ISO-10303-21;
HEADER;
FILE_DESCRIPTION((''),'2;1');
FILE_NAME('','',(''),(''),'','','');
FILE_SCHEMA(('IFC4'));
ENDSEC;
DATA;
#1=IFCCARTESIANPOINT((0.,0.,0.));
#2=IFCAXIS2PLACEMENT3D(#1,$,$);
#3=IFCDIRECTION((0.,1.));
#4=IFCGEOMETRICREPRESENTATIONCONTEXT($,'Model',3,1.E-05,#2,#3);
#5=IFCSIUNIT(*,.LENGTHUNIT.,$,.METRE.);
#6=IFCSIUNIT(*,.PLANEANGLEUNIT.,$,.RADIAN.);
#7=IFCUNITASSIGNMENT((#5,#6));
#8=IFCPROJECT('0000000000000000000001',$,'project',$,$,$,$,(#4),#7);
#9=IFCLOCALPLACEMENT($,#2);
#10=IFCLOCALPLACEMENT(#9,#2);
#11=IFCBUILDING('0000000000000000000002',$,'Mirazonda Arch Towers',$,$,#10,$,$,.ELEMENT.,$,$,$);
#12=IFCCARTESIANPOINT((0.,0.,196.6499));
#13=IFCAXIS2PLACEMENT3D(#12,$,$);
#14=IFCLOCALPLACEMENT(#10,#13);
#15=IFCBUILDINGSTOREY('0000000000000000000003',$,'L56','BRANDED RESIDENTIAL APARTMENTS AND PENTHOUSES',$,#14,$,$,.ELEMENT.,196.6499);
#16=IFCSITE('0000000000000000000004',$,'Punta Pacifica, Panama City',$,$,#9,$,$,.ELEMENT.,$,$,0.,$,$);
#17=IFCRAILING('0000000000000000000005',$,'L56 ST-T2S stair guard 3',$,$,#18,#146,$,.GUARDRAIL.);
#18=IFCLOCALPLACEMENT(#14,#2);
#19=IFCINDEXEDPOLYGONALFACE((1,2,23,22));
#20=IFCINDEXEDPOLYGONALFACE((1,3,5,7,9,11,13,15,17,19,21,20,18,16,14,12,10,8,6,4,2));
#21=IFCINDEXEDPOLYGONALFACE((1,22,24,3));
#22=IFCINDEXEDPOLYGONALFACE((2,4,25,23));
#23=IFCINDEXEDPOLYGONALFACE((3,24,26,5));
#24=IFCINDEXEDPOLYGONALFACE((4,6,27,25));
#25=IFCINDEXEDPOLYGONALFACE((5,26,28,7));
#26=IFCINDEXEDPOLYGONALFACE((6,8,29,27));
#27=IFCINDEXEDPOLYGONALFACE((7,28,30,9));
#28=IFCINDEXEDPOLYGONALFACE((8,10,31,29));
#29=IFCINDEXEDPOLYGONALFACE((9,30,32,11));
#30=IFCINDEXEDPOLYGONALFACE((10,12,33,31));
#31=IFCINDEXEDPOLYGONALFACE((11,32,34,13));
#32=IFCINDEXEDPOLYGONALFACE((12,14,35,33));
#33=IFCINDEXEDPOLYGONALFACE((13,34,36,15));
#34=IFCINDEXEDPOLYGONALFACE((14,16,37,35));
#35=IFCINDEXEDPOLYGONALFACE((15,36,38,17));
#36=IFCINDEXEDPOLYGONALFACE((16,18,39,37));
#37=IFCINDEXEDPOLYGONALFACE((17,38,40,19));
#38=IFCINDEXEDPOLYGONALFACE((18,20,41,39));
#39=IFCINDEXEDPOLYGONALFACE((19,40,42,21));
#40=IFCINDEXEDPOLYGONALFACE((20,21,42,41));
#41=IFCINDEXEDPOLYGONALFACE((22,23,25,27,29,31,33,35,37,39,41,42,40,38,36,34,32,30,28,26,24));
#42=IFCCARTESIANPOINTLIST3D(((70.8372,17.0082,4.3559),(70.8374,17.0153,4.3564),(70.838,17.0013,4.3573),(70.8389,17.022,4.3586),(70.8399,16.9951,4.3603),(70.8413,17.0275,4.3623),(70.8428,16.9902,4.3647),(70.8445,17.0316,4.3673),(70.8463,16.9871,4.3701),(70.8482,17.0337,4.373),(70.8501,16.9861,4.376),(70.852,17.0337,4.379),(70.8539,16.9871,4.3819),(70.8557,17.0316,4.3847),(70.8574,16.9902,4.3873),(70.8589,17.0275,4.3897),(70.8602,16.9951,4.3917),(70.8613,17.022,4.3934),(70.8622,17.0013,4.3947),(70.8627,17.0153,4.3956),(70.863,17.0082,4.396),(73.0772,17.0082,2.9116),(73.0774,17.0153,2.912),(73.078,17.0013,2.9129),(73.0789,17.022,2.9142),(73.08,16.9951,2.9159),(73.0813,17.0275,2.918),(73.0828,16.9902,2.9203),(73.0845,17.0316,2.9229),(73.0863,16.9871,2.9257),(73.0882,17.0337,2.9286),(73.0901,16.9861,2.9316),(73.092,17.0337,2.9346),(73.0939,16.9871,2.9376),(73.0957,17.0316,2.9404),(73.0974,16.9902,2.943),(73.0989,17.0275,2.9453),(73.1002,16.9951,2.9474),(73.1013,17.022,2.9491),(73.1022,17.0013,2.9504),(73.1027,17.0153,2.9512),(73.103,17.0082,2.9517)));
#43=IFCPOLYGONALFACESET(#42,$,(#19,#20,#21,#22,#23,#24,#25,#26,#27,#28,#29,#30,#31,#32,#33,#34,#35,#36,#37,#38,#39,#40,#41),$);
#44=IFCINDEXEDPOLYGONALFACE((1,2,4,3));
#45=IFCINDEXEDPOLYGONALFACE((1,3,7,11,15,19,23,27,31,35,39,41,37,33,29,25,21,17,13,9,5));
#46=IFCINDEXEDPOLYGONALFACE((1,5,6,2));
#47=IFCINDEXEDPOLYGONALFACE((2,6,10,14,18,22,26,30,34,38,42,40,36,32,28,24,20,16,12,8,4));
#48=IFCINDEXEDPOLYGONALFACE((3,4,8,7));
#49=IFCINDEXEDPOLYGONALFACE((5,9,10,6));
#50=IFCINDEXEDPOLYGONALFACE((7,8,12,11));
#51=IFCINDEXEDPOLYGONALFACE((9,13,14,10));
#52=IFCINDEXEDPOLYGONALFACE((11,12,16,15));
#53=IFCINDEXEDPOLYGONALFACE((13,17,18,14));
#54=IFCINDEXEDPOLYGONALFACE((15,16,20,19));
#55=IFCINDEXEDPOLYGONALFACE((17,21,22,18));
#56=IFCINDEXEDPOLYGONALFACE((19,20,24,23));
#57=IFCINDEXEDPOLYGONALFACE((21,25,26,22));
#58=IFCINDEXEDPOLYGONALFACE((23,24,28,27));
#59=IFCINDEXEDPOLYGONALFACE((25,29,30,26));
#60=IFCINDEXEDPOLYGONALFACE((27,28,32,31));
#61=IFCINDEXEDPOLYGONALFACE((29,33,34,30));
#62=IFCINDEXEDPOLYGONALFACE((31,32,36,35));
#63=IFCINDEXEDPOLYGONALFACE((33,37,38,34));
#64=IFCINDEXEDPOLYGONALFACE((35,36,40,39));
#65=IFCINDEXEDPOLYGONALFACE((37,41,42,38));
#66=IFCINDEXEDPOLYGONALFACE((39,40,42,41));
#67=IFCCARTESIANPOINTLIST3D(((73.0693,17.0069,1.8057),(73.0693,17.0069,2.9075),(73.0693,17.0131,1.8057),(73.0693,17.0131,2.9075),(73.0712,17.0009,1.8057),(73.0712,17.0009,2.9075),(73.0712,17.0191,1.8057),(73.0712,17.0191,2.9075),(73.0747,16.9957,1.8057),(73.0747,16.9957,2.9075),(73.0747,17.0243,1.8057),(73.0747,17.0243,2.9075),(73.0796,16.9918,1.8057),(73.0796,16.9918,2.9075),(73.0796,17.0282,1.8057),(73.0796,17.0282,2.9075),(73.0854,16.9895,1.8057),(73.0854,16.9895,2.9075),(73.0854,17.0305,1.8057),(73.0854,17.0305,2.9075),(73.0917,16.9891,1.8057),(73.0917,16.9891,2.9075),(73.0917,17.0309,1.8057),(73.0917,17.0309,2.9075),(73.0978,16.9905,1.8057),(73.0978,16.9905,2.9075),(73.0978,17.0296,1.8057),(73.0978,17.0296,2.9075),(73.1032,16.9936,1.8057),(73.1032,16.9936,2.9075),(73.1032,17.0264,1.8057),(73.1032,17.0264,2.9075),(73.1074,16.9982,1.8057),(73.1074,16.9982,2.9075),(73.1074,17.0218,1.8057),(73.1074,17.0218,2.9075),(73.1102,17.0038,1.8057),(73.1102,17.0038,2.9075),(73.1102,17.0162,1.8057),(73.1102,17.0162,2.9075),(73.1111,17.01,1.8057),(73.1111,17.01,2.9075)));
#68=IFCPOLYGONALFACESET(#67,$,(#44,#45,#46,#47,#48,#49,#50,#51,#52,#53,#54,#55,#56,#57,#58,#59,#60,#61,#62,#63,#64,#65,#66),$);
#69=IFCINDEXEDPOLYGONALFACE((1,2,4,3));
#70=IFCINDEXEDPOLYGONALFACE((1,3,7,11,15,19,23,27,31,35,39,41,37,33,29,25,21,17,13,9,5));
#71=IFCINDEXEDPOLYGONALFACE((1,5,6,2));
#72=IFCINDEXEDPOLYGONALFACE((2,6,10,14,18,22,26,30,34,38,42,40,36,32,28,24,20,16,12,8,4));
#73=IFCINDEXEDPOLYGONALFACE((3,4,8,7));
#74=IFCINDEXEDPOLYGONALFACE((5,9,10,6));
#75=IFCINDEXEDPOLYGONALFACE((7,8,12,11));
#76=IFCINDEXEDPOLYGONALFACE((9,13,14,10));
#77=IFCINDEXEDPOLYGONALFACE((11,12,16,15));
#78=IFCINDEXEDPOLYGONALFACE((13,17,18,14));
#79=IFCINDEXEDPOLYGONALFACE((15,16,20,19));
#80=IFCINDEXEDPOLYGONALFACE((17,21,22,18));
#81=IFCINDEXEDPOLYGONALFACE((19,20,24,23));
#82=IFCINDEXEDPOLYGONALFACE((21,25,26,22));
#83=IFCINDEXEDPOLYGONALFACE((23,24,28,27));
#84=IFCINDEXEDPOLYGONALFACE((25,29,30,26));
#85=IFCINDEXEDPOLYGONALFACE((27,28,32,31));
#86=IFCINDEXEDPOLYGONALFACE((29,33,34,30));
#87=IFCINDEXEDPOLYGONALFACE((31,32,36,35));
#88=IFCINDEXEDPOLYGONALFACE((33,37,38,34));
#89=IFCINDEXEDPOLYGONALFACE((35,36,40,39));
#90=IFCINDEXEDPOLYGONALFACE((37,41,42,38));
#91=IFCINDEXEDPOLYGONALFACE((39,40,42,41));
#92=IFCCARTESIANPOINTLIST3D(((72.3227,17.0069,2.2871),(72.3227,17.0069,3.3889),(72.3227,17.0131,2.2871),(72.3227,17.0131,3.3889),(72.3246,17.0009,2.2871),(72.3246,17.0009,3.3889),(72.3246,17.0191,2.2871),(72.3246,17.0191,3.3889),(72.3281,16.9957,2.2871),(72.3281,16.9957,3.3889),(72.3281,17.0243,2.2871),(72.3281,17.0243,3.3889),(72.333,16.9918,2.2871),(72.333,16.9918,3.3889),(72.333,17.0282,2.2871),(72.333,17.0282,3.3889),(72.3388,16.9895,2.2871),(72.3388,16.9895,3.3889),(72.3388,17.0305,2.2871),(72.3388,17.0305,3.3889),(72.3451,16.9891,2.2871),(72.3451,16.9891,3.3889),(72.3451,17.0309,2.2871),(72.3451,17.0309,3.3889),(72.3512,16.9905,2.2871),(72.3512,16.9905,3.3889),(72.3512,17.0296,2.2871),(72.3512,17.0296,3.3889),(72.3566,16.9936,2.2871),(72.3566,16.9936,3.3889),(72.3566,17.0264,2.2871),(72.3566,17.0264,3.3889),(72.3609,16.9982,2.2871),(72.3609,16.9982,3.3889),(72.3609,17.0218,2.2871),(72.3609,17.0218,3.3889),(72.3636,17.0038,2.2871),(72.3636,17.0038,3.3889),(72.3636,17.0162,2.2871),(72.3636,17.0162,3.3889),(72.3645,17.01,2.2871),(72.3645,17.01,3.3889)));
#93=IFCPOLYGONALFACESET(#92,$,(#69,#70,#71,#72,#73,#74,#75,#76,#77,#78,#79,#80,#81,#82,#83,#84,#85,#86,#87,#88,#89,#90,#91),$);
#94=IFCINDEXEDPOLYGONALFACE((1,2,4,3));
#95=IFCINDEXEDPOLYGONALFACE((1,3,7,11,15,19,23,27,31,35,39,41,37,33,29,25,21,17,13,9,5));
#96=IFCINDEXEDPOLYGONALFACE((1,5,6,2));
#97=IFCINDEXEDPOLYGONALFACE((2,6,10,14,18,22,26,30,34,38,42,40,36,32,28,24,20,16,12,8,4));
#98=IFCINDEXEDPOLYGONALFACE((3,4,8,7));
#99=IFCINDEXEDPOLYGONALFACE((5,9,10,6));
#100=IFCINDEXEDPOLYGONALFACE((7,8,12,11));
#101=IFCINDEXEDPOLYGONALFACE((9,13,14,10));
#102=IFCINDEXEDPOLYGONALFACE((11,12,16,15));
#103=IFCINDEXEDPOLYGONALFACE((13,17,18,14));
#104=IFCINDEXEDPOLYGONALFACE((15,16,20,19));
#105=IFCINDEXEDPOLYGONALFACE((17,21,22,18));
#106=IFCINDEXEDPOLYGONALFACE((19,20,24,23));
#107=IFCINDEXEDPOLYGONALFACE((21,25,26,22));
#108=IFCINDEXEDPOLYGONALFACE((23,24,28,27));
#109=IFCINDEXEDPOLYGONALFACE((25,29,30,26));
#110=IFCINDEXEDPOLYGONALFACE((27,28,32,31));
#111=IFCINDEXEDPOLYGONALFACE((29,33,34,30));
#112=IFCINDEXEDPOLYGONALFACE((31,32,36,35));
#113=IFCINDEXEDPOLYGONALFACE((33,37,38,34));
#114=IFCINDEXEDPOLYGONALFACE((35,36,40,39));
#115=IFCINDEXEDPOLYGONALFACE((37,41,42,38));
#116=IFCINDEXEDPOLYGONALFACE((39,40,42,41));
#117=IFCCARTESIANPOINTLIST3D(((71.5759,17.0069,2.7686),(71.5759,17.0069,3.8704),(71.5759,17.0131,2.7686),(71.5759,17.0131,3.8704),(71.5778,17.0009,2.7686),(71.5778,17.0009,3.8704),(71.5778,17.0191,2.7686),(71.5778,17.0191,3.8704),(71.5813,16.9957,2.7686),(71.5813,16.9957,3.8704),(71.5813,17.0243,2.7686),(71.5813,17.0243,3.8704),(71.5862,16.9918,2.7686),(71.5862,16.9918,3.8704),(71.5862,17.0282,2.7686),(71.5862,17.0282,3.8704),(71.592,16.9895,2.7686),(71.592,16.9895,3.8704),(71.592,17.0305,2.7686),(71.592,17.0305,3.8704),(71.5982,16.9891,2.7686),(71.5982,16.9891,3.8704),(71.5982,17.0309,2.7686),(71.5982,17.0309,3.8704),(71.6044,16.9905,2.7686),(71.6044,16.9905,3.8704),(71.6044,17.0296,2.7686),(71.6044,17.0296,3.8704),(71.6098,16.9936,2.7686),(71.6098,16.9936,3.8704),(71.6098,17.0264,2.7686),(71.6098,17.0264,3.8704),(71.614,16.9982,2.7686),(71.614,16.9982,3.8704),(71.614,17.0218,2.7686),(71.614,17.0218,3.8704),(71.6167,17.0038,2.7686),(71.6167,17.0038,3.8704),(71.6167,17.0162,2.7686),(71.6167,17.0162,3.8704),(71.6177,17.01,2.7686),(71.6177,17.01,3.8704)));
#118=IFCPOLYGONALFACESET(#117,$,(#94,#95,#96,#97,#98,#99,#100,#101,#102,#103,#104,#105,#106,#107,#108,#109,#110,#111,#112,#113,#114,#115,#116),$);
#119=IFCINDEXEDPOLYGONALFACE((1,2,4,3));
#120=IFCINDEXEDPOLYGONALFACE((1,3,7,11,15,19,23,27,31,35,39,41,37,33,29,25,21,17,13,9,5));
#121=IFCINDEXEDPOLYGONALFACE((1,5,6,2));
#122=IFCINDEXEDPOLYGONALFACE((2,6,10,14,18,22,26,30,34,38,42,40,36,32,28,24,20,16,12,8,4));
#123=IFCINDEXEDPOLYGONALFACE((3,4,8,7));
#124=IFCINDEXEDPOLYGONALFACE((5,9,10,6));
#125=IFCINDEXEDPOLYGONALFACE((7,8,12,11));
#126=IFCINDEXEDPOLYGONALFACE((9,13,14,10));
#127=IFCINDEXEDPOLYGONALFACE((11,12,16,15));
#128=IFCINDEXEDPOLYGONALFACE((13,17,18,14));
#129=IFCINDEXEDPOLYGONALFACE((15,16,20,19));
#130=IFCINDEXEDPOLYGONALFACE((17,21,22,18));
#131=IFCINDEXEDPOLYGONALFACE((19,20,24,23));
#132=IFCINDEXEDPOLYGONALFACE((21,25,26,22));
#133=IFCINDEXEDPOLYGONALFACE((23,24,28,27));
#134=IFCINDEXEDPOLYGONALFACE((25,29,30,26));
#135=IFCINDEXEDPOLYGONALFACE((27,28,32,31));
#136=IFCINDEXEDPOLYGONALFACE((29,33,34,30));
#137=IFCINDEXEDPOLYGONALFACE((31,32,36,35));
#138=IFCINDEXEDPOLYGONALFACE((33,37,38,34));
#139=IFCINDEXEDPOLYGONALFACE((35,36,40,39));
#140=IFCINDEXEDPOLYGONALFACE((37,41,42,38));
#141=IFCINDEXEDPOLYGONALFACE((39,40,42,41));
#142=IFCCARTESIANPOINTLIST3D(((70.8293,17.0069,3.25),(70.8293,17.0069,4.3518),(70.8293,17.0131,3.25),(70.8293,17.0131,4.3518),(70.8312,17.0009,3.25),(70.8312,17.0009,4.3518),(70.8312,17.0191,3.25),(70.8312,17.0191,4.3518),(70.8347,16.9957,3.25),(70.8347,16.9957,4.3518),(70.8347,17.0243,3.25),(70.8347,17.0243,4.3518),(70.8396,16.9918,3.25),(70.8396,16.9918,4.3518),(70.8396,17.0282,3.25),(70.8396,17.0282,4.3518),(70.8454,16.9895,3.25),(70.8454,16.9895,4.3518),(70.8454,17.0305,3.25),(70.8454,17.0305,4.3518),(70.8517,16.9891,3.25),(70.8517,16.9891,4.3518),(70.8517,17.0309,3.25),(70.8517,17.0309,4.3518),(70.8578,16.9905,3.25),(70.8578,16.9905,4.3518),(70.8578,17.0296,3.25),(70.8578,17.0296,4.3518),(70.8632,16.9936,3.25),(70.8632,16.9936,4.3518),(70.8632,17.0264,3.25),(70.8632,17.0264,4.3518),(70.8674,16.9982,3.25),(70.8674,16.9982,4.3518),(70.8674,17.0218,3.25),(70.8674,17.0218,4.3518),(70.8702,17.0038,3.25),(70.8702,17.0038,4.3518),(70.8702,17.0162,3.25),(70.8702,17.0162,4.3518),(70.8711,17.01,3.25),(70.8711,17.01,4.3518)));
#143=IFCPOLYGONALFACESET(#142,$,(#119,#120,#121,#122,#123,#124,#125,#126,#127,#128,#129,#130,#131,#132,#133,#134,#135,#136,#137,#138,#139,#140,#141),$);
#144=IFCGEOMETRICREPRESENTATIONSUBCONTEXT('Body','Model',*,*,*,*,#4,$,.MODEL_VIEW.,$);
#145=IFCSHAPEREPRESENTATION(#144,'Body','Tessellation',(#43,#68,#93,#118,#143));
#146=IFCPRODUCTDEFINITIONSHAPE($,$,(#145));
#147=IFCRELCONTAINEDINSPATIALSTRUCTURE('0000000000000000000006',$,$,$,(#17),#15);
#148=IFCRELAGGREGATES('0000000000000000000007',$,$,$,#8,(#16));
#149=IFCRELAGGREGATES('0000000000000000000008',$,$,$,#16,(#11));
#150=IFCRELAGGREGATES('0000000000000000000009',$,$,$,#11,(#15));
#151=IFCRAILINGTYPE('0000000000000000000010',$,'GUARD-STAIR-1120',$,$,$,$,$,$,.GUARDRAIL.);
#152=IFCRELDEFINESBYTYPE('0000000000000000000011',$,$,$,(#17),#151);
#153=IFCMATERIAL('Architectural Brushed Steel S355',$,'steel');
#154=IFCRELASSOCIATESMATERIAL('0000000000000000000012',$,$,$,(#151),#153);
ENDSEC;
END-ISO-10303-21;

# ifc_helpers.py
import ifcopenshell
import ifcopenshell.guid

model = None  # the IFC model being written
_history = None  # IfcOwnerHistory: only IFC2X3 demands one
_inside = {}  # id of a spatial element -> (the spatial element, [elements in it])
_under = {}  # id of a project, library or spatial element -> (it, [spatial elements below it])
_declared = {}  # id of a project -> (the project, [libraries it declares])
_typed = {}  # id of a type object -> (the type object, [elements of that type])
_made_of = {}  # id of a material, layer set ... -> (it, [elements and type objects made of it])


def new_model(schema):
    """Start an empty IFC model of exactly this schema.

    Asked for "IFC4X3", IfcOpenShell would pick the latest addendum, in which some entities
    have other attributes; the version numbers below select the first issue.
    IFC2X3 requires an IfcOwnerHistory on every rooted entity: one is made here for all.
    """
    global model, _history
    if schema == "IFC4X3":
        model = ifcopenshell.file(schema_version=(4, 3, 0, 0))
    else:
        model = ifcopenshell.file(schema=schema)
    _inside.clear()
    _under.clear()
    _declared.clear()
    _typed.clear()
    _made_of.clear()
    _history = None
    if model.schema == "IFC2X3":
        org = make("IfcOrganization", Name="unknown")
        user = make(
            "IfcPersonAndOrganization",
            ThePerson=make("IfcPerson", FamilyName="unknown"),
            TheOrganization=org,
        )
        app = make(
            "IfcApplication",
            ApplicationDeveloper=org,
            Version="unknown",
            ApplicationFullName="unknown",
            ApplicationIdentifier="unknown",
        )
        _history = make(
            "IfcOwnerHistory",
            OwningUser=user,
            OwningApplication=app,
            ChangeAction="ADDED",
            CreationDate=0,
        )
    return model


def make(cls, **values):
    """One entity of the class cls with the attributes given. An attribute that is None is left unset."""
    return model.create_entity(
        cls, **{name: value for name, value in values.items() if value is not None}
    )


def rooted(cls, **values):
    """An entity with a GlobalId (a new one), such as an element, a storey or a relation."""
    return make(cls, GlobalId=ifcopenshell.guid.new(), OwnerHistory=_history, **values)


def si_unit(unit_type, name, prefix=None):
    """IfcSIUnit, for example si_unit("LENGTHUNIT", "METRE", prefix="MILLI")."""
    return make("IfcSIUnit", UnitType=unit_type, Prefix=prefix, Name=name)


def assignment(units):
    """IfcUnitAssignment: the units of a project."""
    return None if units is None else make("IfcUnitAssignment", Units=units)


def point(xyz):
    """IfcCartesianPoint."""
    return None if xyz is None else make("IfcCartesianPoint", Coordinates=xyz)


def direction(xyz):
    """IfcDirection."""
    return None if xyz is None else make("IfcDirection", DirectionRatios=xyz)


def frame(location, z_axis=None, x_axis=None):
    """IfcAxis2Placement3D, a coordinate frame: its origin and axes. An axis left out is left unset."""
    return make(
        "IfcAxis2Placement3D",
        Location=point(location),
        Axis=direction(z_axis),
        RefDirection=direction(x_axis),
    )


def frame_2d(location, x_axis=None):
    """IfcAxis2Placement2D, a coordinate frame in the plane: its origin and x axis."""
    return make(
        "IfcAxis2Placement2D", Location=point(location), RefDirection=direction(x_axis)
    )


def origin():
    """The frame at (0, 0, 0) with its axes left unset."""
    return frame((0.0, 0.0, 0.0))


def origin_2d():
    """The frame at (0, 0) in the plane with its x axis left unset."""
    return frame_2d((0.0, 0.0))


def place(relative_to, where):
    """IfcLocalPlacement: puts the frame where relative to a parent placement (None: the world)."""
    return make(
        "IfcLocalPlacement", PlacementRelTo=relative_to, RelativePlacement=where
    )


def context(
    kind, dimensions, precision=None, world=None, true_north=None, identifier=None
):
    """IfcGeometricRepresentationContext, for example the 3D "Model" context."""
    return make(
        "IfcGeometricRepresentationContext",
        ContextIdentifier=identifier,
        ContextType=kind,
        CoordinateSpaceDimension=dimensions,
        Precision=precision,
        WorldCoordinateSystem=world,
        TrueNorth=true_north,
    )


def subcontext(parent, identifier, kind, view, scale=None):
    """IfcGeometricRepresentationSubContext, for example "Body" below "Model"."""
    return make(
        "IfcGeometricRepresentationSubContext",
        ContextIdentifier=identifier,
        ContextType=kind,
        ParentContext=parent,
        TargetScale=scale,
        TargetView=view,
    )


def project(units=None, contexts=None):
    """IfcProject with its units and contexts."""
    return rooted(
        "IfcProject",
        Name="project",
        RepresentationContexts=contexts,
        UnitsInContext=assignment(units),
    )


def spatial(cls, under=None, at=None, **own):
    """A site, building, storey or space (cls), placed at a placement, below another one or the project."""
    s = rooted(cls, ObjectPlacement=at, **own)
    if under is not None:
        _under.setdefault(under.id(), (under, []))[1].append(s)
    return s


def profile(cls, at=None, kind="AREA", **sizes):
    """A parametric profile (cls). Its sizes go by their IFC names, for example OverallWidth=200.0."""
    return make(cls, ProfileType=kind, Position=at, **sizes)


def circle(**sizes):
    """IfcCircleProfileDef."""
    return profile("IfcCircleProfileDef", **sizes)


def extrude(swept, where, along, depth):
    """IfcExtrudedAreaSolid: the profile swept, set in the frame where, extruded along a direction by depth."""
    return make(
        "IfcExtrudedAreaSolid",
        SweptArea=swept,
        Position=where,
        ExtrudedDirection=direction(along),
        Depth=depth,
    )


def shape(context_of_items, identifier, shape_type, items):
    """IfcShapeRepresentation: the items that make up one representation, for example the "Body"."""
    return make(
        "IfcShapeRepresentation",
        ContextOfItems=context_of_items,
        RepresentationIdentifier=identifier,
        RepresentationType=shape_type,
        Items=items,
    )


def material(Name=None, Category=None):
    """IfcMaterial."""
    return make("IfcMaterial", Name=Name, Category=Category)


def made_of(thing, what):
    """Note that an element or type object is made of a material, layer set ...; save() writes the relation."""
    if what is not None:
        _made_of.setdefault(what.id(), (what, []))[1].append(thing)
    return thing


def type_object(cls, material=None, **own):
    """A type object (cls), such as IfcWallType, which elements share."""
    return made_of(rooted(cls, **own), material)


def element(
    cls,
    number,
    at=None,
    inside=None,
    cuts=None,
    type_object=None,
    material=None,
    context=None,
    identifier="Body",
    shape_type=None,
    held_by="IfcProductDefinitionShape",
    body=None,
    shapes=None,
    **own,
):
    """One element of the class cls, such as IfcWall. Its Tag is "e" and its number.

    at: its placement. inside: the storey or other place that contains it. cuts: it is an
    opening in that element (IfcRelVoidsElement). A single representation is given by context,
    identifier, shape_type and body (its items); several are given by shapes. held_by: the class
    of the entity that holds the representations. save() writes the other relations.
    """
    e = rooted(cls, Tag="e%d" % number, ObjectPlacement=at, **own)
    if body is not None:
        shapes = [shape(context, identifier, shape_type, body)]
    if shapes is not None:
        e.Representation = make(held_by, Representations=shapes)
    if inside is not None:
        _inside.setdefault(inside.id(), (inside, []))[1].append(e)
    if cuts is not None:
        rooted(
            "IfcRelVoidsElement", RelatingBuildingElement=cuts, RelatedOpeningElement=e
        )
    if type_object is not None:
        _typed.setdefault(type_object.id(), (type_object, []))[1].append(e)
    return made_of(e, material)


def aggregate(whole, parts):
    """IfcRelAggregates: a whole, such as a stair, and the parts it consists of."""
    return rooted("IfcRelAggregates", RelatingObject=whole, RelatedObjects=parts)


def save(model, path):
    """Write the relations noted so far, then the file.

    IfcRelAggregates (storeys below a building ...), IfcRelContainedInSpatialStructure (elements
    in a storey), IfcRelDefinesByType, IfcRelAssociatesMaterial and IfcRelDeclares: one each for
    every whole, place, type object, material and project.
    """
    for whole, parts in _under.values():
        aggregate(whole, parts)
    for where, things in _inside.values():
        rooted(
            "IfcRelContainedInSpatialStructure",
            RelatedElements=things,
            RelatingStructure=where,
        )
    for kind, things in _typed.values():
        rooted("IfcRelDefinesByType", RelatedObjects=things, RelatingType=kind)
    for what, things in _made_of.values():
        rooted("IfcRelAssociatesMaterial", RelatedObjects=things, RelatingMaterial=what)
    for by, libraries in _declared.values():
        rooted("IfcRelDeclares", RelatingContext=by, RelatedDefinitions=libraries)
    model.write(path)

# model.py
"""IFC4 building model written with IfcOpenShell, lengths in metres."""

from ifc_helpers import new_model, si_unit, direction, frame, origin, origin_2d, place, context, subcontext, project, spatial, circle, extrude, material, type_object, element, save


model = new_model("IFC4")

# Units and contexts
model_context = context("Model", 3, precision=1e-05, world=origin(), true_north=direction((0.0, 1.0)))
body_context = subcontext(model_context, "Body", "Model", "MODEL_VIEW")
ifc_project = project(units=[si_unit("LENGTHUNIT", "METRE"), si_unit("PLANEANGLEUNIT", "RADIAN")], contexts=[model_context])

# Site, building, storey
site_placement = place(None, origin())
site = spatial("IfcSite", under=ifc_project, at=site_placement, Name="Punta Pacifica, Panama City", CompositionType="ELEMENT", RefElevation=0.0)
building_placement = place(site_placement, origin())
building = spatial("IfcBuilding", under=site, at=building_placement, Name="Mirazonda Arch Towers", CompositionType="ELEMENT")
storey_placement = place(building_placement, frame((0.0, 0.0, 196.6499)))
storey = spatial("IfcBuildingStorey", under=building, at=storey_placement, Name="L56", Description="BRANDED RESIDENTIAL APARTMENTS AND PENTHOUSES", CompositionType="ELEMENT", Elevation=196.6499)

# Shared definitions
ifc_material_1 = material(Name="Architectural Brushed Steel S355", Category="steel")

# Railing
railing_type_1 = type_object("IfcRailingType", Name="GUARD-STAIR-1120", PredefinedType="GUARDRAIL", material=ifc_material_1)
railing_1_placement = place(storey_placement, frame((73.0901, 17.01, 1.8057)))
element("IfcRailing", 1, at=railing_1_placement, inside=storey, type_object=railing_type_1, Name="L56 ST-T2S stair guard 3", PredefinedType="GUARDRAIL", context=body_context, shape_type="SweptSolid", body=[
    extrude(circle(Radius=0.0239, at=origin_2d()), frame((0.0, 0.0, 1.126), z_axis=(-0.840437, 0.0, 0.54191), x_axis=(0.0, -1.0, 0.0)), (0.0, 0.0, 1.0), 2.6653),
    extrude(circle(Radius=0.021, at=origin_2d()), origin(), (0.0, 0.0, 1.0), 1.1018),
    extrude(circle(Radius=0.021, at=origin_2d()), frame((-0.7466, 0.0, 0.4814)), (0.0, 0.0, 1.0), 1.1018),
    extrude(circle(Radius=0.021, at=origin_2d()), frame((-1.4934, 0.0, 0.9629)), (0.0, 0.0, 1.0), 1.1018),
    extrude(circle(Radius=0.021, at=origin_2d()), frame((-2.24, 0.0, 1.4443)), (0.0, 0.0, 1.0), 1.1018),
])

save(model, "model.ifc")
